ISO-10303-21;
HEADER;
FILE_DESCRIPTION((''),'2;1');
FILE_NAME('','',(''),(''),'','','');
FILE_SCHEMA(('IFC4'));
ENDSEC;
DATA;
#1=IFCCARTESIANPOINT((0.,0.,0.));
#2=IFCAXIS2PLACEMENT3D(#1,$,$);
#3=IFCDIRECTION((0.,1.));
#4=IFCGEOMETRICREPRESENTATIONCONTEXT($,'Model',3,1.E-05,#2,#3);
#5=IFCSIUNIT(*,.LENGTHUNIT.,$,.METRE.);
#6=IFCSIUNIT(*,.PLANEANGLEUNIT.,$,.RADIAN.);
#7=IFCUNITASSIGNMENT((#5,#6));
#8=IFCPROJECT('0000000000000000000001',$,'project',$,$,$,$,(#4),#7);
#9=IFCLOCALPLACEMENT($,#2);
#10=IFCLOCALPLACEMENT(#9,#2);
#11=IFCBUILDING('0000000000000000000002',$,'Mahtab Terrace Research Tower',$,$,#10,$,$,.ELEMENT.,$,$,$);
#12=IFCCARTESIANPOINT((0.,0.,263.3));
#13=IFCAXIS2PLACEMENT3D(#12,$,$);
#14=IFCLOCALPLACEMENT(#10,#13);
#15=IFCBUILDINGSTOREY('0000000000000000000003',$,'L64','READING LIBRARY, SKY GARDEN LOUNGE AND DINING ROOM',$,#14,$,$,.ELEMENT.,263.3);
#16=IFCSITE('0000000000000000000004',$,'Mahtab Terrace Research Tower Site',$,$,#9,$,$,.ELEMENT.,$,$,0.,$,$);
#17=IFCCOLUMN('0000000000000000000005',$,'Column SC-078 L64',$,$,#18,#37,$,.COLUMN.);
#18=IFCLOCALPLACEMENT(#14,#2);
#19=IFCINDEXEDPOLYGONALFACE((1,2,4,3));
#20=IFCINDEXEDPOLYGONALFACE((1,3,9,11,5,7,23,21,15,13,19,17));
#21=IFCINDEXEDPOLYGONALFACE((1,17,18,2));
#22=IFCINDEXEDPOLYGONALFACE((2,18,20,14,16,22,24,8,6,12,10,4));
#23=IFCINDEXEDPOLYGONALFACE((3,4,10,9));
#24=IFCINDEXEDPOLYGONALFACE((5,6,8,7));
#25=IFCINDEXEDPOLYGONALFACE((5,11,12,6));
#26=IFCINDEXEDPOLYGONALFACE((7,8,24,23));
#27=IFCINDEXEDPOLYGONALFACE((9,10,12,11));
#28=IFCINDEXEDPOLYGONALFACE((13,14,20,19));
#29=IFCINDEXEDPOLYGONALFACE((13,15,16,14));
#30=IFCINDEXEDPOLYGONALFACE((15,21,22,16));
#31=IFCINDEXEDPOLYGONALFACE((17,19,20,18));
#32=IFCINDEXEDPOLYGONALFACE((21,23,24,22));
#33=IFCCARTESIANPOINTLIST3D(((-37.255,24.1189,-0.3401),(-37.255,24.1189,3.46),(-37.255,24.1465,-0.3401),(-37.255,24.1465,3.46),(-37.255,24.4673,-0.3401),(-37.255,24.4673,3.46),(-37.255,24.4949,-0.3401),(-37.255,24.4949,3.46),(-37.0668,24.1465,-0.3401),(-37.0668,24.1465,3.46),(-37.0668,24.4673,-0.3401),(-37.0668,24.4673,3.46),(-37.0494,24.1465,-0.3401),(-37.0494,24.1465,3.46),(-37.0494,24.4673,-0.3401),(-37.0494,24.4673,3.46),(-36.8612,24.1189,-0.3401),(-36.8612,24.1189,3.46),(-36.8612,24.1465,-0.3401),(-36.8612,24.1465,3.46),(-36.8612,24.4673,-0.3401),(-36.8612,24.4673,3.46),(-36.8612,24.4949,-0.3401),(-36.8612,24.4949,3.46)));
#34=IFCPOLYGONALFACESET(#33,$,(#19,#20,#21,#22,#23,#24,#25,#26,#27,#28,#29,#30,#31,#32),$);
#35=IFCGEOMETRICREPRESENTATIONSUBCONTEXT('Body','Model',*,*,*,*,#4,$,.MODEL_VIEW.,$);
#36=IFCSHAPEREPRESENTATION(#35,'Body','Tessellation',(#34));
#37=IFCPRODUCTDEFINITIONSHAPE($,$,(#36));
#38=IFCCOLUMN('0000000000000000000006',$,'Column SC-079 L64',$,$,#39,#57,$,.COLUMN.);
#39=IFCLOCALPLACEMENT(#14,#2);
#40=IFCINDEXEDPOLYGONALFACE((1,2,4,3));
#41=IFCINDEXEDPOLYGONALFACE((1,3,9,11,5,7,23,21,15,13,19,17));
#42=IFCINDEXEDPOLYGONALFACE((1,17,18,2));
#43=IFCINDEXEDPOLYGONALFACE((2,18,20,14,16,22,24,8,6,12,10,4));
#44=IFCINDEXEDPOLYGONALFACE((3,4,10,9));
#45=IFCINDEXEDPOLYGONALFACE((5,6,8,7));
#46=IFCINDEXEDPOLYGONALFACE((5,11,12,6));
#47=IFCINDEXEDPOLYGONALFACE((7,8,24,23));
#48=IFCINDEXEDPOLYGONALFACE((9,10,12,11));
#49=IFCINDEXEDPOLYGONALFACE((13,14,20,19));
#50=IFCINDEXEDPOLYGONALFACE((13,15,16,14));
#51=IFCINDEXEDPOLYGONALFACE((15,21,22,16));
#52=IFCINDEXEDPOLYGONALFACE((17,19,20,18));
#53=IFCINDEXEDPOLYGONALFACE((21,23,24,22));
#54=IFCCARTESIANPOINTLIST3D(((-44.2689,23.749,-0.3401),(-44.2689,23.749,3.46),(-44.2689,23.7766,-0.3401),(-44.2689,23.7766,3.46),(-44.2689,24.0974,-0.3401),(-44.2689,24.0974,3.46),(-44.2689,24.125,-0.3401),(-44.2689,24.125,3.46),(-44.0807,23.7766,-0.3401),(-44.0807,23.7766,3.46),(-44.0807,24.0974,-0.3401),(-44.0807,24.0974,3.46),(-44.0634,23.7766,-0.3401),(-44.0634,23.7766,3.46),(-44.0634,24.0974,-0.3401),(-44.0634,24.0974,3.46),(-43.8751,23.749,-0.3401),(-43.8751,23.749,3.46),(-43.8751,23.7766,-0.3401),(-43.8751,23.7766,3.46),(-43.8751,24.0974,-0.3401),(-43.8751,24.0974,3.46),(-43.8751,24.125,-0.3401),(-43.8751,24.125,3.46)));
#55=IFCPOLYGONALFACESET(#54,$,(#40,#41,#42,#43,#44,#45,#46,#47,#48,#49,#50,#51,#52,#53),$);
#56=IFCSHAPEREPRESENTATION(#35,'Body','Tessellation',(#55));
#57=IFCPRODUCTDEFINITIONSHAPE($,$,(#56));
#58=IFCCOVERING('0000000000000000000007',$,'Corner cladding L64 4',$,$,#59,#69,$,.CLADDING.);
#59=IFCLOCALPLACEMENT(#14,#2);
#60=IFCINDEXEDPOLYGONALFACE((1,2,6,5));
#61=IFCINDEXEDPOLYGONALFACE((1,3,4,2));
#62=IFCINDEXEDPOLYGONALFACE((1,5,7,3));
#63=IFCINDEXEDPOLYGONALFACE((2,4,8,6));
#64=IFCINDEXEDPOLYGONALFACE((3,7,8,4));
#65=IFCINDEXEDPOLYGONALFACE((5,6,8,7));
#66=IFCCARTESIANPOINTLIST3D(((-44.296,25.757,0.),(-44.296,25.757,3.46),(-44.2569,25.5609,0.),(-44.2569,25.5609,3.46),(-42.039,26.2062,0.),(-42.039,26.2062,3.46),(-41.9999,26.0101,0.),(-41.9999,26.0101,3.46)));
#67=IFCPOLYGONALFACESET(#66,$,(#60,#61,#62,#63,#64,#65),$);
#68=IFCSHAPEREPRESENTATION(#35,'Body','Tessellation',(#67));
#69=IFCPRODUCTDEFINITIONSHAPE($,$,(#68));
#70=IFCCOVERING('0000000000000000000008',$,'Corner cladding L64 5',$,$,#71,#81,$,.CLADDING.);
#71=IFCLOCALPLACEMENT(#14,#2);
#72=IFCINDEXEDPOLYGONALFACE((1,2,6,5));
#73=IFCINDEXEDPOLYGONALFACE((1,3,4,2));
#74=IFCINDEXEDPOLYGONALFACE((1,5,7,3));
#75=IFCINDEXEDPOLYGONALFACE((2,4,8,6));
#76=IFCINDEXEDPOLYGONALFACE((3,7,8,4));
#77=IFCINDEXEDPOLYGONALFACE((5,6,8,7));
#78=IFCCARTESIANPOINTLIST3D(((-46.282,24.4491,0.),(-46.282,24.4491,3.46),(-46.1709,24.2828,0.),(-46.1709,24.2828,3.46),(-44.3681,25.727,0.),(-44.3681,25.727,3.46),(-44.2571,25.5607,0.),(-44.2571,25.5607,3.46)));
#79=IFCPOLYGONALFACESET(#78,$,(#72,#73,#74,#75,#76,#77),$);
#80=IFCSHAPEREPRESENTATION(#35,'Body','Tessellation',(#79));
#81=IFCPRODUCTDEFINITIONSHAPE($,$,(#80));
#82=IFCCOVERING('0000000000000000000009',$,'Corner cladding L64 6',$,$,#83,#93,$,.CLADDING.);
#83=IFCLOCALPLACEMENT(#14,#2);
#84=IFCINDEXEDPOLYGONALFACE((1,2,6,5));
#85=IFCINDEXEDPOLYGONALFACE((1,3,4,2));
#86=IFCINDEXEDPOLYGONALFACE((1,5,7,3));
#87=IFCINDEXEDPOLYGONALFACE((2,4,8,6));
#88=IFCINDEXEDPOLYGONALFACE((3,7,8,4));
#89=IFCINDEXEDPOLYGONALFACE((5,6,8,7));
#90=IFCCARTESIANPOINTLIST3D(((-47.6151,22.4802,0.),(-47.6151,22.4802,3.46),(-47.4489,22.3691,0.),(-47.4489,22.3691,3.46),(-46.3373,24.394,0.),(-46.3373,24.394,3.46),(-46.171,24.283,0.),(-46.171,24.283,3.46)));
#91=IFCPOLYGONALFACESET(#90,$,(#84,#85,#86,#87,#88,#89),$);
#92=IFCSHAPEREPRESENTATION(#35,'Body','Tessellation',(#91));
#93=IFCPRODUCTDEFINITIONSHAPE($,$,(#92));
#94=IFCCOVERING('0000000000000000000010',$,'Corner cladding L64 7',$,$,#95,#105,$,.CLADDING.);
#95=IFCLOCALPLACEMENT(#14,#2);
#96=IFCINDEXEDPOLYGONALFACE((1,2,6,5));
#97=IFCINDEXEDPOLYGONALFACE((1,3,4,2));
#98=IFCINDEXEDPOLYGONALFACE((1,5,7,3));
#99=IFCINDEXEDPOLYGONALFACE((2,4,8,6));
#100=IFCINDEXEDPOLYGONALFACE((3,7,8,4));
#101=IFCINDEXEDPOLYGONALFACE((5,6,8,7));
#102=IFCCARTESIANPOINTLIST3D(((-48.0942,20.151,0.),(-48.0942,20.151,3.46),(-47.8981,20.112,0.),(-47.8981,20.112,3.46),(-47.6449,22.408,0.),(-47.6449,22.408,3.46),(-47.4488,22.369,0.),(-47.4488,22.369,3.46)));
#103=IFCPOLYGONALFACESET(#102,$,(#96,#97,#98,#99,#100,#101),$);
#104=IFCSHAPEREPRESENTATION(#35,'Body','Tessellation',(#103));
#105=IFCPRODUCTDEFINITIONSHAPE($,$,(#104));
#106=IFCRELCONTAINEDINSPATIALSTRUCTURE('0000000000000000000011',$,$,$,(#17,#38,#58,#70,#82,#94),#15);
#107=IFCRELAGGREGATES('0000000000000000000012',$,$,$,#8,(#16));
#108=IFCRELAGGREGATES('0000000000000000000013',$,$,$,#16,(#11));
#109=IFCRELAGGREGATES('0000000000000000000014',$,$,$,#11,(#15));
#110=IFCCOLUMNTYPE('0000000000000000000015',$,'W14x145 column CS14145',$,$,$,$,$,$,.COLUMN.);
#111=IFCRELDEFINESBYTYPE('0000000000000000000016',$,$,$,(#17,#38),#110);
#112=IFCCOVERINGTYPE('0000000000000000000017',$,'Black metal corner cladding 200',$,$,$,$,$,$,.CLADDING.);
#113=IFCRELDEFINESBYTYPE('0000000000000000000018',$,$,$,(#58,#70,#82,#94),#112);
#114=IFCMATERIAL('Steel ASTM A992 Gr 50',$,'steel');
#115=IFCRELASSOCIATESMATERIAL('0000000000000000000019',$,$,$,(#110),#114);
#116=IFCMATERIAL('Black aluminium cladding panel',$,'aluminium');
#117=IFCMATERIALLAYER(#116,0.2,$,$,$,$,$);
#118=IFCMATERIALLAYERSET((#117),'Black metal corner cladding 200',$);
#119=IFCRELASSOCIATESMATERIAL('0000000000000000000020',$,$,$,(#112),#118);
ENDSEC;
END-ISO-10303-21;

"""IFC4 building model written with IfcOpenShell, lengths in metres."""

from ifc_helpers import new_model, si_unit, direction, frame, origin, origin_2d, place, context, subcontext, project, spatial, rectangle, i_section, extrude, material, layer, layer_set, material_profile, profile_set, type_object, element, save


model = new_model("IFC4")

# Units and contexts
model_context = context("Model", 3, precision=1e-05, world=origin(), true_north=direction((0.0, 1.0)))
body_context = subcontext(model_context, "Body", "Model", "MODEL_VIEW")
ifc_project = project(units=[si_unit("LENGTHUNIT", "METRE"), si_unit("PLANEANGLEUNIT", "RADIAN")], contexts=[model_context])

# Site, building, storey
site_placement = place(None, origin())
site = spatial("IfcSite", under=ifc_project, at=site_placement, Name="Mahtab Terrace Research Tower Site", CompositionType="ELEMENT", RefElevation=0.0)
building_placement = place(site_placement, origin())
building = spatial("IfcBuilding", under=site, at=building_placement, Name="Mahtab Terrace Research Tower", CompositionType="ELEMENT")
storey_placement = place(building_placement, frame((0.0, 0.0, 263.3)))
storey = spatial("IfcBuildingStorey", under=building, at=storey_placement, Name="L64", Description="READING LIBRARY, SKY GARDEN LOUNGE AND DINING ROOM", CompositionType="ELEMENT", Elevation=263.3)

# Columns
ifc_material_1 = material(Name="Steel ASTM A992 Gr 50", Category="steel")
ifc_material_profile = material_profile(ifc_material_1, i_section(OverallWidth=0.3938, OverallDepth=0.376, WebThickness=0.0173, FlangeThickness=0.0276, at=origin_2d()), Name="W14X145")
ifc_profile_set = profile_set([ifc_material_profile], Name="Steel ASTM A992 Gr 50")
column_type = type_object("IfcColumnType", Name="W14x145 column CS14145", PredefinedType="COLUMN", material=ifc_profile_set)
for number, where, z_axis, x_axis, name in (
    (1, (-37.0581, 24.3069, -0.3401), (0.0, 0.0, 1.0), (1.0, 0.0, 0.0), "Column SC-078 L64"),
    (2, (-44.072, 23.937, -0.3401), (0.0, 0.0, 1.0), (1.0, 0.0, 0.0), "Column SC-079 L64"),
):
    element("IfcColumn", number, at=place(storey_placement, frame(where, z_axis=z_axis, x_axis=x_axis)), inside=storey, type_object=column_type, Name=name, PredefinedType="COLUMN", context=body_context, shape_type="SweptSolid", body=[
        extrude(i_section(OverallWidth=0.3938, OverallDepth=0.376, WebThickness=0.0173, FlangeThickness=0.0276, at=origin_2d()), origin(), (0.0, 0.0, 1.0), 3.8),
    ])

# Coverings
ifc_material_2 = material(Name="Black aluminium cladding panel", Category="aluminium")
ifc_layer = layer(ifc_material_2, 0.2)
ifc_layer_set = layer_set([ifc_layer], Name="Black metal corner cladding 200")
covering_type = type_object("IfcCoveringType", Name="Black metal corner cladding 200", PredefinedType="CLADDING", material=ifc_layer_set)
for number, where, z_axis, x_axis, name in (
    (3, (-43.1479, 25.8835, 0.0), (0.0, 0.0, 1.0), (-0.980761, -0.195212, 0.0), "Corner cladding L64 4"),
    (4, (-45.2695, 25.0049, 0.0), (0.0, 0.0, 1.0), (-0.831656, -0.555291, 0.0), "Corner cladding L64 5"),
    (5, (-46.8931, 23.3816, 0.0), (0.0, 0.0, 1.0), (-0.555291, -0.831656, 0.0), "Corner cladding L64 6"),
    (6, (-47.7715, 21.26, 0.0), (0.0, 0.0, 1.0), (-0.195212, -0.980761, 0.0), "Corner cladding L64 7"),
):
    element("IfcCovering", number, at=place(storey_placement, frame(where, z_axis=z_axis, x_axis=x_axis)), inside=storey, type_object=covering_type, Name=name, PredefinedType="CLADDING", context=body_context, shape_type="SweptSolid", body=[
        extrude(rectangle(XDim=2.3013, YDim=0.2, at=origin_2d()), origin(), (0.0, 0.0, 1.0), 3.46),
    ])

save(model, "model.ifc")
